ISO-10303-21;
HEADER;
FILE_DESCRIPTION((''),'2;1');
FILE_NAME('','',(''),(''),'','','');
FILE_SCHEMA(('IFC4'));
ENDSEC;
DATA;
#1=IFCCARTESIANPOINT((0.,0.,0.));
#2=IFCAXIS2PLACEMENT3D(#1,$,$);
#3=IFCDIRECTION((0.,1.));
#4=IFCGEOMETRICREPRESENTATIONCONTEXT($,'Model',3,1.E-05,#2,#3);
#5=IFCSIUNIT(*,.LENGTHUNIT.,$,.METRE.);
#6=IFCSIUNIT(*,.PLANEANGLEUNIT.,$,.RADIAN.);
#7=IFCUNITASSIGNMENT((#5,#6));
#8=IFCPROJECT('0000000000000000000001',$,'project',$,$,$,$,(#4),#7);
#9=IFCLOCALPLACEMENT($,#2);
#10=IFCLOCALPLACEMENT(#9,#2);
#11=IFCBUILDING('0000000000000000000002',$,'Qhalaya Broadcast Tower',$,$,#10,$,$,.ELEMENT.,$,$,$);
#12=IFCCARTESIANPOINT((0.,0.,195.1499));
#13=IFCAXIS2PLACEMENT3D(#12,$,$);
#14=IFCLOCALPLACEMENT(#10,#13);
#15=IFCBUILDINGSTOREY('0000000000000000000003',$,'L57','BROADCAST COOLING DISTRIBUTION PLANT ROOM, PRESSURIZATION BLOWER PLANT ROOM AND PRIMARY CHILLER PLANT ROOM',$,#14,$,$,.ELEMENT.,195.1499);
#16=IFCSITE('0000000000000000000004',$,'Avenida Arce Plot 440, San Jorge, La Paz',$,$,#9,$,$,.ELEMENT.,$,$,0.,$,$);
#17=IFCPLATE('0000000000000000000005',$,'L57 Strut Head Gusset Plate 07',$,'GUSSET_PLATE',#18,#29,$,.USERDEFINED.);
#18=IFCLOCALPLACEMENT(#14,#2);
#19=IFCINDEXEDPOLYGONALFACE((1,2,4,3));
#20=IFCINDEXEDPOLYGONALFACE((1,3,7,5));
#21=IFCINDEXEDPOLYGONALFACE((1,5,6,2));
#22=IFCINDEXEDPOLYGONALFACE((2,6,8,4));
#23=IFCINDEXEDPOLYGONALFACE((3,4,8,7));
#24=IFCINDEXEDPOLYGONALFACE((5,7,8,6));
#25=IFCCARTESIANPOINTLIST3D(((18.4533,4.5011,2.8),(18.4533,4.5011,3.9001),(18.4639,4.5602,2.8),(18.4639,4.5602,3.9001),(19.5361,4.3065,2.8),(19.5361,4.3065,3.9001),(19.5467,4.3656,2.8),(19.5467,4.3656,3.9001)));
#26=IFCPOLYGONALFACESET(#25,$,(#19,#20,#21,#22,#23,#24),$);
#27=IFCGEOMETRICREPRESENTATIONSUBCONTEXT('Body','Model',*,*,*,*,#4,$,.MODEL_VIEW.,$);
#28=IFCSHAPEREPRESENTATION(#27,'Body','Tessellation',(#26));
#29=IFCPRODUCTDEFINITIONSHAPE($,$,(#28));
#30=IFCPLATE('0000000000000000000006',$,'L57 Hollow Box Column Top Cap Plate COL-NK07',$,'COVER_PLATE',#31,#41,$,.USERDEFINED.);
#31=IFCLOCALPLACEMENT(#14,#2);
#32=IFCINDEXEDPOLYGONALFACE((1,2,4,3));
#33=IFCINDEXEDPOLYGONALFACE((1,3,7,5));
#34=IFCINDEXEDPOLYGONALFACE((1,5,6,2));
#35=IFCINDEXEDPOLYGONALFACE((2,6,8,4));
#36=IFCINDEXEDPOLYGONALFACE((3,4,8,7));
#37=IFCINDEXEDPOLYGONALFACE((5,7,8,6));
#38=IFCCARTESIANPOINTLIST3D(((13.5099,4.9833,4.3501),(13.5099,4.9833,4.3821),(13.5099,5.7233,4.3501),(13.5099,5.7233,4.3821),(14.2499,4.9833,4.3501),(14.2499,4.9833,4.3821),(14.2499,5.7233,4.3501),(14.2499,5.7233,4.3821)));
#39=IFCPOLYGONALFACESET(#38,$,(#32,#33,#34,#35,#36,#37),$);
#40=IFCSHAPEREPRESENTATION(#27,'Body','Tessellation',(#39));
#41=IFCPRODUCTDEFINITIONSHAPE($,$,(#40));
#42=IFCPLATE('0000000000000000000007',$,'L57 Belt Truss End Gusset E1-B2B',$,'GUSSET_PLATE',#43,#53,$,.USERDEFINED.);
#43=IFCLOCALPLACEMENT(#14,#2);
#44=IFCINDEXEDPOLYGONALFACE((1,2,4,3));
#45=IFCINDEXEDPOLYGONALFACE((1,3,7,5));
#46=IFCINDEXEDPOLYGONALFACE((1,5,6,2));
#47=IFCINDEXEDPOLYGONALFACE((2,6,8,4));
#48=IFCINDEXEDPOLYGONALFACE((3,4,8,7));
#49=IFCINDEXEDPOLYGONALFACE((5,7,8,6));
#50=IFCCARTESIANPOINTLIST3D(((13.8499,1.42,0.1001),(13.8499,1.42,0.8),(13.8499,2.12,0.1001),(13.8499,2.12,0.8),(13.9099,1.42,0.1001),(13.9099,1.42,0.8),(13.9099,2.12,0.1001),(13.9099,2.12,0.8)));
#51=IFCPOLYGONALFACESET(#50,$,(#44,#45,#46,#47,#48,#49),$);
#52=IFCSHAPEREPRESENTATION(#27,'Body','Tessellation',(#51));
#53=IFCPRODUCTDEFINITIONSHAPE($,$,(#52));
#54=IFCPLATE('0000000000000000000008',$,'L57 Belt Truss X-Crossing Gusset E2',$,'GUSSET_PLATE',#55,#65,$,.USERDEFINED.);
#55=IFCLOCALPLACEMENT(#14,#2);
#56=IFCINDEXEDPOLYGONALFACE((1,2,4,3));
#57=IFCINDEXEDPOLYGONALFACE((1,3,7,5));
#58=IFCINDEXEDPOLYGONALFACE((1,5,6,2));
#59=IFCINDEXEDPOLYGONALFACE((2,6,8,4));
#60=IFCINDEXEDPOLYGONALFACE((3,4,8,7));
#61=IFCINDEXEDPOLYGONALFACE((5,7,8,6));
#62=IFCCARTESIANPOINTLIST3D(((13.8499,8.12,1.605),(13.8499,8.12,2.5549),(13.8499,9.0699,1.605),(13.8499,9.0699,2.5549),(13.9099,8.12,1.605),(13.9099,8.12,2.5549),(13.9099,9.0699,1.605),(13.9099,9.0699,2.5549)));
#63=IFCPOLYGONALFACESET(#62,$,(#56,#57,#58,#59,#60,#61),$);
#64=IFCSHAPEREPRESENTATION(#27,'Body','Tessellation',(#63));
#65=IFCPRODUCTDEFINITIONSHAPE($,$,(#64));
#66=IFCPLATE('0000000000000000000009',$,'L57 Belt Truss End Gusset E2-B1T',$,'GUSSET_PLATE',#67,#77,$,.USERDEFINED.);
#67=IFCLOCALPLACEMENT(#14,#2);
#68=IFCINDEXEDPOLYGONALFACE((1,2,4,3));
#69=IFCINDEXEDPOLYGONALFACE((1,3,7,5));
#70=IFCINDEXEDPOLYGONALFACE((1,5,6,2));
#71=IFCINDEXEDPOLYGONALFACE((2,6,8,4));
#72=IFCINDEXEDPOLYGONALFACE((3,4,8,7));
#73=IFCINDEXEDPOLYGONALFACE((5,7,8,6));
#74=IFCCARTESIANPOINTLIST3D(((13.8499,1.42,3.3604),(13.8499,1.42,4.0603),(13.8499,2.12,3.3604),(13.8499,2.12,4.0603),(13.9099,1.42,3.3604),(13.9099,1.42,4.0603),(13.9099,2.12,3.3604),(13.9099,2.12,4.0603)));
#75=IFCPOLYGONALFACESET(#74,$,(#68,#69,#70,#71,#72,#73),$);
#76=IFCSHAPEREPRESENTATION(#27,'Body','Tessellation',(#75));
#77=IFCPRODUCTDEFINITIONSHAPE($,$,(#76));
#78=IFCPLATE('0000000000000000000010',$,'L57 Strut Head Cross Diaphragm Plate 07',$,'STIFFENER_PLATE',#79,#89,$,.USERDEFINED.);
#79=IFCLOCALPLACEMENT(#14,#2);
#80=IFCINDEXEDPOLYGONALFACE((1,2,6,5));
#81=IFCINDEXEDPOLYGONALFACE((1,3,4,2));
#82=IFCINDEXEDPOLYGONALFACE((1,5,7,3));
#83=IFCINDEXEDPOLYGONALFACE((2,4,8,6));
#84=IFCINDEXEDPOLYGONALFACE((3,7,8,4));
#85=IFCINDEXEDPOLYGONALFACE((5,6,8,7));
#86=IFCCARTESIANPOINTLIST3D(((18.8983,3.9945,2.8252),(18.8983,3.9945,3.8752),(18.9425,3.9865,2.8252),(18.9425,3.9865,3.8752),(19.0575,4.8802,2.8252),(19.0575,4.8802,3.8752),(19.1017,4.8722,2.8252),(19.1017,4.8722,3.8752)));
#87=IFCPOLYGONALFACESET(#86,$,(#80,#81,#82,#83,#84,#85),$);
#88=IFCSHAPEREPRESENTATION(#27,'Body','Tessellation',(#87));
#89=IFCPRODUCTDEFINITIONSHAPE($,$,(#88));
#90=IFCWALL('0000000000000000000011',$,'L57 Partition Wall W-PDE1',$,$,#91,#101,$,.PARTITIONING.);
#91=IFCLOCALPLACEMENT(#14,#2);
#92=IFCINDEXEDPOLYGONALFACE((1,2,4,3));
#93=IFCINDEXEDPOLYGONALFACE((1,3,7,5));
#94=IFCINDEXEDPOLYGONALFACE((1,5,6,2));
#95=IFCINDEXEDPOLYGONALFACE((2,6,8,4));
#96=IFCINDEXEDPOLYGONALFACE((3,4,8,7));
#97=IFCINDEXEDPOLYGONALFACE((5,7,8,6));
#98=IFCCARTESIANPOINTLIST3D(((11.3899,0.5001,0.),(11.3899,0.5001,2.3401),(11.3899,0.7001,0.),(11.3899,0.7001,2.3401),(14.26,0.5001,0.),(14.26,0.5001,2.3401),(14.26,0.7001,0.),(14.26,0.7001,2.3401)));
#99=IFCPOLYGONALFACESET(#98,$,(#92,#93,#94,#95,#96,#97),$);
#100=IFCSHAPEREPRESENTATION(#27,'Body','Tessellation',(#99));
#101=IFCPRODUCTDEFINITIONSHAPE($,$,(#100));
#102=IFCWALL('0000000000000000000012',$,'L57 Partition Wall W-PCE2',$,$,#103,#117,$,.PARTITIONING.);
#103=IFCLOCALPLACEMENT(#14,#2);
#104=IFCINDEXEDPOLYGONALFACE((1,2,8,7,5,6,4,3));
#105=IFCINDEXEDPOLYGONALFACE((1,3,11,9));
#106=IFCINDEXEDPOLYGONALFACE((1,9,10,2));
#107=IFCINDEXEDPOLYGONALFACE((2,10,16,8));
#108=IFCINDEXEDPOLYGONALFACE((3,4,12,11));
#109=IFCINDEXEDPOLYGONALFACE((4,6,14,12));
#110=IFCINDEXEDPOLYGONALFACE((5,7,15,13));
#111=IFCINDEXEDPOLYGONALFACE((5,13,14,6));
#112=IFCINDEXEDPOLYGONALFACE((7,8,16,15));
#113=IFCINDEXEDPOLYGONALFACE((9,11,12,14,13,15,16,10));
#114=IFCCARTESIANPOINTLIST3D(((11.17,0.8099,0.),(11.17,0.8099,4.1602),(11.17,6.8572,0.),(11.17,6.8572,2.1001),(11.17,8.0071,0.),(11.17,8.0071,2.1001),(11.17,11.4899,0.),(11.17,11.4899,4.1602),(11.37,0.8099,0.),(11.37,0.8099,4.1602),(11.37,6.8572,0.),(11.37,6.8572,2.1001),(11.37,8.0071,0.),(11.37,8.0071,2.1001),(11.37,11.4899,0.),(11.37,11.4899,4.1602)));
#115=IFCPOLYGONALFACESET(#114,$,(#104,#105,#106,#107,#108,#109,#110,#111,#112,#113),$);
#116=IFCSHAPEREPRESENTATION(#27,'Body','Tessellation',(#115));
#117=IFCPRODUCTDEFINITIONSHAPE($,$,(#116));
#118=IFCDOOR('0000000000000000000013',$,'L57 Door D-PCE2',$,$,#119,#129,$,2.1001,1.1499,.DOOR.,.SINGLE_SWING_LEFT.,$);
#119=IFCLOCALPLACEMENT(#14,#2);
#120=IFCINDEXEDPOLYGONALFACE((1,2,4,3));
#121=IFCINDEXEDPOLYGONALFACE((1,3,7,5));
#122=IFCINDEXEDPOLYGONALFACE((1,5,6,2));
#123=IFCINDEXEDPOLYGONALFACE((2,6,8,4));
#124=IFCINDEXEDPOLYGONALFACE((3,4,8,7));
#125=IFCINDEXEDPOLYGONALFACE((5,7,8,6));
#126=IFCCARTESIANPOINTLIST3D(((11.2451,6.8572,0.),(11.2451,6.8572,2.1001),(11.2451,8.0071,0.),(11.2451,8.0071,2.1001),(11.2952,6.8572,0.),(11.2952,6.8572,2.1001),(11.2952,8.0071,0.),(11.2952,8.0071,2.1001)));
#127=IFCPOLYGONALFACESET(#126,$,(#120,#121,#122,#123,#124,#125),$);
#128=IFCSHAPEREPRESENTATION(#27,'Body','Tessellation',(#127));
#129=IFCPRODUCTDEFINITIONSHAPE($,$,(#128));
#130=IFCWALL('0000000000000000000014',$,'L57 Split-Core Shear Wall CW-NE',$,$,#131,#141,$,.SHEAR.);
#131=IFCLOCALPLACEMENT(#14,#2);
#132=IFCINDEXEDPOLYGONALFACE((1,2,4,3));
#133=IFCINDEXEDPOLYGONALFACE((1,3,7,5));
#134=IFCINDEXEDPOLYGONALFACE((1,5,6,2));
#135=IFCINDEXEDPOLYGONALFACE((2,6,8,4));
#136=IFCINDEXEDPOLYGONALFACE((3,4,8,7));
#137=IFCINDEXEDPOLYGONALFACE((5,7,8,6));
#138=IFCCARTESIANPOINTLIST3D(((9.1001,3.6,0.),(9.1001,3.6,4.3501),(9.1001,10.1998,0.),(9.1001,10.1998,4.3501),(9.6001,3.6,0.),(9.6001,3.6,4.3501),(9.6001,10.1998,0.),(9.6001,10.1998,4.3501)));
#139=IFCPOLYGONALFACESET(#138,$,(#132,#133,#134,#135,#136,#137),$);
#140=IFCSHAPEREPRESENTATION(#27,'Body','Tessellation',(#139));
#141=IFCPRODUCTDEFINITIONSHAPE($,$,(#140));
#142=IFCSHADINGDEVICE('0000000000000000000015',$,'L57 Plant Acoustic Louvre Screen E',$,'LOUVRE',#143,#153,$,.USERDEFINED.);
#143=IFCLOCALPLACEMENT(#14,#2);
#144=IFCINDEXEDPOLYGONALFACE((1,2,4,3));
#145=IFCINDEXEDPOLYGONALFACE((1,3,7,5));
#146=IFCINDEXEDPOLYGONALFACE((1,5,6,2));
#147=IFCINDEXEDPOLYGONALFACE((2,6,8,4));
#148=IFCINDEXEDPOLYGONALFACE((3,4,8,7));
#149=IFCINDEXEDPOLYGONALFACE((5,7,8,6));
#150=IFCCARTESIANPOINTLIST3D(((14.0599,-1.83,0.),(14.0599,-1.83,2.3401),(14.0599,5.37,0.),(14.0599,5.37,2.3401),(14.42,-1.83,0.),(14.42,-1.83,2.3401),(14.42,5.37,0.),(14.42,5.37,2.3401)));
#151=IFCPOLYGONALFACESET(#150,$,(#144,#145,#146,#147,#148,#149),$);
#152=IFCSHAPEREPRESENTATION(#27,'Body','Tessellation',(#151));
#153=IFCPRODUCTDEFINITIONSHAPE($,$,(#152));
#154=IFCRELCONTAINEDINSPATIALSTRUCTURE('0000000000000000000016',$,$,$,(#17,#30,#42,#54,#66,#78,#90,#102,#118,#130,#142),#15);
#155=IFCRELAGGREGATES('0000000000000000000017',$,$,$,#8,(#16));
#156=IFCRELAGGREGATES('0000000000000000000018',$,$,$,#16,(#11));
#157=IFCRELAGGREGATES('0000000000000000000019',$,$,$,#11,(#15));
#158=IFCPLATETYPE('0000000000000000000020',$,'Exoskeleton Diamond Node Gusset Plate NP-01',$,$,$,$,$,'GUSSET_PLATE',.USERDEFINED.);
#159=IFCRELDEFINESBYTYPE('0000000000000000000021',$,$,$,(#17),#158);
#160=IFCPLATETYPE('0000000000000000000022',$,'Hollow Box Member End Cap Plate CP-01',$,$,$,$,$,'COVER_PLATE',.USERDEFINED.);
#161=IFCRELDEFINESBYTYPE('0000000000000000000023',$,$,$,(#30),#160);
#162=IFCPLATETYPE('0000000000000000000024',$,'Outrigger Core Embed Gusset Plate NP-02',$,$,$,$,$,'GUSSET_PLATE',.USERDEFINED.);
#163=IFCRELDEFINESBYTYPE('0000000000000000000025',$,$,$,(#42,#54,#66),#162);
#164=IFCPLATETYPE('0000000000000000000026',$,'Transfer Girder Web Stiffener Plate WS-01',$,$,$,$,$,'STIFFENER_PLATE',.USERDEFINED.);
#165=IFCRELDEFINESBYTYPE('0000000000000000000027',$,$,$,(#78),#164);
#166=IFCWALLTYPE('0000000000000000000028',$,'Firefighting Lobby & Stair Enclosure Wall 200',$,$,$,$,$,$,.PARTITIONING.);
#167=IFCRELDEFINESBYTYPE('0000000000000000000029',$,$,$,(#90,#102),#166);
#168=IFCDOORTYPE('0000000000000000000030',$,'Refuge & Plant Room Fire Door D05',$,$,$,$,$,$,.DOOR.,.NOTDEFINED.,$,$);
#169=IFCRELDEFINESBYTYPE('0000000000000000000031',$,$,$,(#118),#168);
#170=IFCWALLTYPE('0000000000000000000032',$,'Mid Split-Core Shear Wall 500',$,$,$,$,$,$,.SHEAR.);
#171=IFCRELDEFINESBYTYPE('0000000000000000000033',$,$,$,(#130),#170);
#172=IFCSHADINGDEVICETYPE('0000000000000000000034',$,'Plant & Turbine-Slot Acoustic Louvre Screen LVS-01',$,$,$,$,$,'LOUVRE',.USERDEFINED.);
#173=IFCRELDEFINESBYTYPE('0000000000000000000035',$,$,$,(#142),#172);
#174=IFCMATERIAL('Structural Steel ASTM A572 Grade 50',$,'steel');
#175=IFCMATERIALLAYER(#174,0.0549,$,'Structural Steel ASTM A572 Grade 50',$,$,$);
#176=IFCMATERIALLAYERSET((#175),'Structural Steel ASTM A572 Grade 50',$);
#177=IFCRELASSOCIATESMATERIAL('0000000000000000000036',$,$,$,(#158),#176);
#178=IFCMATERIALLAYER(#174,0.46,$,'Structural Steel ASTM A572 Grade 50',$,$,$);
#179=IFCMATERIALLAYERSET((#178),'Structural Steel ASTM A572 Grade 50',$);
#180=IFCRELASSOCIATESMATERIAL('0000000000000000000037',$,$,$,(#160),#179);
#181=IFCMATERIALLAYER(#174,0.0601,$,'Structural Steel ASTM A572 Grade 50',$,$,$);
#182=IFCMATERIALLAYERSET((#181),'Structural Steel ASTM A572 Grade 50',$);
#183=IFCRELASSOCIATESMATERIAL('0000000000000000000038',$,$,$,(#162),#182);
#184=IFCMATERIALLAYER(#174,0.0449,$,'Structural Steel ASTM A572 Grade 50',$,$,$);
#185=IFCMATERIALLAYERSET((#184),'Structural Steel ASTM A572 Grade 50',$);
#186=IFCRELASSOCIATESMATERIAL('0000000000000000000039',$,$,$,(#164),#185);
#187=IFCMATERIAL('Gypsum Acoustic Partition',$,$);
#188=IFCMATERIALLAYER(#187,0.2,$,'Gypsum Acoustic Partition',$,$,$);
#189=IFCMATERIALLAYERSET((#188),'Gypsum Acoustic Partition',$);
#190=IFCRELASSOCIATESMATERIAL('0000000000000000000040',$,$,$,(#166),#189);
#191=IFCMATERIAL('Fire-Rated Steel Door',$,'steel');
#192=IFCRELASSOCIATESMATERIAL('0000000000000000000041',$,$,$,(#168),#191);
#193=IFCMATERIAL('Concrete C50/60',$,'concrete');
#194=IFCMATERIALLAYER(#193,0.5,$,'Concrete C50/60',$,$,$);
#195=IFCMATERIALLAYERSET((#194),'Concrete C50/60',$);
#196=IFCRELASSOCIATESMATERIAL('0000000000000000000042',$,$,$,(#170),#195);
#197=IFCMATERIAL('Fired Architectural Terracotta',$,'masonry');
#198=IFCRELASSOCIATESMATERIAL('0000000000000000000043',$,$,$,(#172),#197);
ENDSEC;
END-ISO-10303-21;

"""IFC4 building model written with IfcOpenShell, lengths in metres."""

from ifc_helpers import new_model, si_unit, direction, frame, frame_2d, origin, origin_2d, place, context, subcontext, project, spatial, rectangle, extrude, material, layer, layer_set, type_object, element, fill, save


model = new_model("IFC4")

# Units and contexts
model_context = context("Model", 3, precision=1e-05, world=origin(), true_north=direction((0.0, 1.0)))
body_context = subcontext(model_context, "Body", "Model", "MODEL_VIEW")
ifc_project = project(units=[si_unit("LENGTHUNIT", "METRE"), si_unit("PLANEANGLEUNIT", "RADIAN")], contexts=[model_context])

# Site, building, storey
site_placement = place(None, origin())
site = spatial("IfcSite", under=ifc_project, at=site_placement, Name="Avenida Arce Plot 440, San Jorge, La Paz", CompositionType="ELEMENT", RefElevation=0.0)
building_placement = place(site_placement, origin())
building = spatial("IfcBuilding", under=site, at=building_placement, Name="Qhalaya Broadcast Tower", CompositionType="ELEMENT")
storey_placement = place(building_placement, frame((0.0, 0.0, 195.1499)))
storey = spatial("IfcBuildingStorey", under=building, at=storey_placement, Name="L57", Description="BROADCAST COOLING DISTRIBUTION PLANT ROOM, PRESSURIZATION BLOWER PLANT ROOM AND PRIMARY CHILLER PLANT ROOM", CompositionType="ELEMENT", Elevation=195.1499)

# Shared definitions
ifc_material_1 = material(Name="Concrete C50/60", Category="concrete")
ifc_material_2 = material(Name="Structural Steel ASTM A572 Grade 50", Category="steel")

# Plates
ifc_layer_1 = layer(ifc_material_2, 0.0549, Name="Structural Steel ASTM A572 Grade 50")
ifc_layer_set_1 = layer_set([ifc_layer_1], Name="Structural Steel ASTM A572 Grade 50")
plate_type_1 = type_object("IfcPlateType", Name="Exoskeleton Diamond Node Gusset Plate NP-01", ElementType="GUSSET_PLATE", PredefinedType="USERDEFINED", material=ifc_layer_set_1)
for number, where, z_axis, x_axis, name in (
    (1, (19.0, 4.4333, 2.8), (0.0, 0.0, 1.0), (0.984236, -0.176861, 0.0), "L57 Strut Head Gusset Plate 07"),
):
    element("IfcPlate", number, at=place(storey_placement, frame(where, z_axis=z_axis, x_axis=x_axis)), inside=storey, type_object=plate_type_1, Name=name, ObjectType="GUSSET_PLATE", PredefinedType="USERDEFINED", context=body_context, shape_type="SweptSolid", body=[
        extrude(rectangle(XDim=1.1001, YDim=0.0601, at=origin_2d()), origin(), (0.0, 0.0, 1.0), 1.1001),
    ])
ifc_layer_2 = layer(ifc_material_2, 0.46, Name="Structural Steel ASTM A572 Grade 50")
ifc_layer_set_2 = layer_set([ifc_layer_2], Name="Structural Steel ASTM A572 Grade 50")
plate_type_2 = type_object("IfcPlateType", Name="Hollow Box Member End Cap Plate CP-01", ElementType="COVER_PLATE", PredefinedType="USERDEFINED", material=ifc_layer_set_2)
plate_1_placement = place(storey_placement, frame((13.8799, 5.3533, 4.3501), z_axis=(0.0, 0.0, 1.0), x_axis=(0.0, 1.0, 0.0)))
element("IfcPlate", 2, at=plate_1_placement, inside=storey, type_object=plate_type_2, Name="L57 Hollow Box Column Top Cap Plate COL-NK07", ObjectType="COVER_PLATE", PredefinedType="USERDEFINED", context=body_context, shape_type="SweptSolid", body=[
    extrude(rectangle(XDim=0.74, YDim=0.74, at=origin_2d()), origin(), (0.0, 0.0, 1.0), 0.032),
])
ifc_layer_3 = layer(ifc_material_2, 0.0601, Name="Structural Steel ASTM A572 Grade 50")
ifc_layer_set_3 = layer_set([ifc_layer_3], Name="Structural Steel ASTM A572 Grade 50")
plate_type_3 = type_object("IfcPlateType", Name="Outrigger Core Embed Gusset Plate NP-02", ElementType="GUSSET_PLATE", PredefinedType="USERDEFINED", material=ifc_layer_set_3)
plate_2_placement = place(storey_placement, frame((13.8799, 1.77, 0.1001), z_axis=(0.0, 0.0, 1.0), x_axis=(0.0, 1.0, 0.0)))
element("IfcPlate", 3, at=plate_2_placement, inside=storey, type_object=plate_type_3, Name="L57 Belt Truss End Gusset E1-B2B", ObjectType="GUSSET_PLATE", PredefinedType="USERDEFINED", context=body_context, shape_type="SweptSolid", body=[
    extrude(rectangle(XDim=0.7, YDim=0.0601, at=origin_2d()), origin(), (0.0, 0.0, 1.0), 0.7),
])
plate_3_placement = place(storey_placement, frame((13.8799, 8.595, 1.605), z_axis=(0.0, 0.0, 1.0), x_axis=(0.0, 1.0, 0.0)))
element("IfcPlate", 4, at=plate_3_placement, inside=storey, type_object=plate_type_3, Name="L57 Belt Truss X-Crossing Gusset E2", ObjectType="GUSSET_PLATE", PredefinedType="USERDEFINED", context=body_context, shape_type="SweptSolid", body=[
    extrude(rectangle(XDim=0.95, YDim=0.0601, at=origin_2d()), origin(), (0.0, 0.0, 1.0), 0.95),
])
plate_4_placement = place(storey_placement, frame((13.8799, 1.77, 3.3604), z_axis=(0.0, 0.0, 1.0), x_axis=(0.0, 1.0, 0.0)))
element("IfcPlate", 5, at=plate_4_placement, inside=storey, type_object=plate_type_3, Name="L57 Belt Truss End Gusset E2-B1T", ObjectType="GUSSET_PLATE", PredefinedType="USERDEFINED", context=body_context, shape_type="SweptSolid", body=[
    extrude(rectangle(XDim=0.7, YDim=0.0601, at=origin_2d()), origin(), (0.0, 0.0, 1.0), 0.7),
])
ifc_layer_4 = layer(ifc_material_2, 0.0449, Name="Structural Steel ASTM A572 Grade 50")
ifc_layer_set_4 = layer_set([ifc_layer_4], Name="Structural Steel ASTM A572 Grade 50")
plate_type_4 = type_object("IfcPlateType", Name="Transfer Girder Web Stiffener Plate WS-01", ElementType="STIFFENER_PLATE", PredefinedType="USERDEFINED", material=ifc_layer_set_4)
plate_5_placement = place(storey_placement, frame((19.0, 4.4333, 2.8252), z_axis=(0.0, 0.0, 1.0), x_axis=(0.176861, 0.984236, 0.0)))
element("IfcPlate", 6, at=plate_5_placement, inside=storey, type_object=plate_type_4, Name="L57 Strut Head Cross Diaphragm Plate 07", ObjectType="STIFFENER_PLATE", PredefinedType="USERDEFINED", context=body_context, shape_type="SweptSolid", body=[
    extrude(rectangle(XDim=0.8999, YDim=0.0449, at=origin_2d()), origin(), (0.0, 0.0, 1.0), 1.05),
])

# Wall
ifc_material_3 = material(Name="Gypsum Acoustic Partition")
ifc_layer_5 = layer(ifc_material_3, 0.2, Name="Gypsum Acoustic Partition")
ifc_layer_set_5 = layer_set([ifc_layer_5], Name="Gypsum Acoustic Partition")
wall_type_1 = type_object("IfcWallType", Name="Firefighting Lobby & Stair Enclosure Wall 200", PredefinedType="PARTITIONING", material=ifc_layer_set_5)
wall_1_placement = place(storey_placement, frame((11.3899, 0.6001, 0.0), z_axis=(0.0, 0.0, 1.0), x_axis=(1.0, 0.0, 0.0)))
element("IfcWall", 7, at=wall_1_placement, inside=storey, type_object=wall_type_1, Name="L57 Partition Wall W-PDE1", PredefinedType="PARTITIONING", context=body_context, shape_type="SweptSolid", body=[
    extrude(rectangle(XDim=2.8701, YDim=0.2, at=frame_2d((1.4351, 0.0))), origin(), (0.0, 0.0, 1.0), 2.3401),
])

# Wall, opening, door
wall_2_placement = place(storey_placement, frame((11.27, 0.8101, 0.0), z_axis=(0.0, 0.0, 1.0), x_axis=(0.0, 1.0, 0.0)))
wall_2 = element("IfcWall", 8, at=wall_2_placement, inside=storey, type_object=wall_type_1, Name="L57 Partition Wall W-PCE2", PredefinedType="PARTITIONING", context=body_context, shape_type="SweptSolid", body=[
    extrude(rectangle(XDim=10.6799, YDim=0.2, at=frame_2d((5.3398, 0.0))), origin(), (0.0, 0.0, 1.0), 4.1602),
])
opening_placement = place(wall_2_placement, frame((6.0471, 0.0, 0.0)))
opening = element("IfcOpeningElement", 9, at=opening_placement, cuts=wall_2, PredefinedType="OPENING", context=body_context, shape_type="SweptSolid", body=[
    extrude(rectangle(XDim=1.1499, YDim=2.1001, at=frame_2d((0.575, 1.05))), frame((0.0, 0.1121, 0.0), z_axis=(0.0, -1.0, 0.0), x_axis=(1.0, 0.0, 0.0)), (0.0, 0.0, 1.0), 0.2239),
])
ifc_material_4 = material(Name="Fire-Rated Steel Door", Category="steel")
door_type = type_object("IfcDoorType", Name="Refuge & Plant Room Fire Door D05", OperationType="NOTDEFINED", PredefinedType="DOOR", material=ifc_material_4)
door_placement = place(opening_placement, origin())
door = element("IfcDoor", 10, at=door_placement, inside=storey, type_object=door_type, Name="L57 Door D-PCE2", OperationType="SINGLE_SWING_LEFT", OverallHeight=2.1001, OverallWidth=1.1499, PredefinedType="DOOR", context=body_context, shape_type="SweptSolid", body=[
    extrude(rectangle(XDim=1.1499, YDim=2.1001, at=frame_2d((0.575, 1.05))), frame((0.0, 0.0249, 0.0), z_axis=(0.0, -1.0, 0.0), x_axis=(1.0, 0.0, 0.0)), (0.0, 0.0, 1.0), 0.05),
])
fill(opening, door)

# Wall
ifc_layer_6 = layer(ifc_material_1, 0.5, Name="Concrete C50/60")
ifc_layer_set_6 = layer_set([ifc_layer_6], Name="Concrete C50/60")
wall_type_2 = type_object("IfcWallType", Name="Mid Split-Core Shear Wall 500", PredefinedType="SHEAR", material=ifc_layer_set_6)
wall_3_placement = place(storey_placement, frame((9.3501, 3.6001, 0.0), z_axis=(0.0, 0.0, 1.0), x_axis=(0.0, 1.0, 0.0)))
element("IfcWall", 11, at=wall_3_placement, inside=storey, type_object=wall_type_2, Name="L57 Split-Core Shear Wall CW-NE", PredefinedType="SHEAR", context=body_context, shape_type="SweptSolid", body=[
    extrude(rectangle(XDim=6.5999, YDim=0.5, at=frame_2d((3.2998, 0.0))), origin(), (0.0, 0.0, 1.0), 4.3501),
])

# Shading device
ifc_material_5 = material(Name="Fired Architectural Terracotta", Category="masonry")
shading_device_type = type_object("IfcShadingDeviceType", Name="Plant & Turbine-Slot Acoustic Louvre Screen LVS-01", ElementType="LOUVRE", PredefinedType="USERDEFINED", material=ifc_material_5)
shading_device_placement = place(storey_placement, frame((14.24, 1.77, 0.0), z_axis=(0.0, 0.0, 1.0), x_axis=(0.0, -1.0, 0.0)))
element("IfcShadingDevice", 12, at=shading_device_placement, inside=storey, type_object=shading_device_type, Name="L57 Plant Acoustic Louvre Screen E", ObjectType="LOUVRE", PredefinedType="USERDEFINED", context=body_context, shape_type="SweptSolid", body=[
    extrude(rectangle(XDim=7.2, YDim=0.3601, at=origin_2d()), origin(), (0.0, 0.0, 1.0), 2.3401),
])

save(model, "model.ifc")
